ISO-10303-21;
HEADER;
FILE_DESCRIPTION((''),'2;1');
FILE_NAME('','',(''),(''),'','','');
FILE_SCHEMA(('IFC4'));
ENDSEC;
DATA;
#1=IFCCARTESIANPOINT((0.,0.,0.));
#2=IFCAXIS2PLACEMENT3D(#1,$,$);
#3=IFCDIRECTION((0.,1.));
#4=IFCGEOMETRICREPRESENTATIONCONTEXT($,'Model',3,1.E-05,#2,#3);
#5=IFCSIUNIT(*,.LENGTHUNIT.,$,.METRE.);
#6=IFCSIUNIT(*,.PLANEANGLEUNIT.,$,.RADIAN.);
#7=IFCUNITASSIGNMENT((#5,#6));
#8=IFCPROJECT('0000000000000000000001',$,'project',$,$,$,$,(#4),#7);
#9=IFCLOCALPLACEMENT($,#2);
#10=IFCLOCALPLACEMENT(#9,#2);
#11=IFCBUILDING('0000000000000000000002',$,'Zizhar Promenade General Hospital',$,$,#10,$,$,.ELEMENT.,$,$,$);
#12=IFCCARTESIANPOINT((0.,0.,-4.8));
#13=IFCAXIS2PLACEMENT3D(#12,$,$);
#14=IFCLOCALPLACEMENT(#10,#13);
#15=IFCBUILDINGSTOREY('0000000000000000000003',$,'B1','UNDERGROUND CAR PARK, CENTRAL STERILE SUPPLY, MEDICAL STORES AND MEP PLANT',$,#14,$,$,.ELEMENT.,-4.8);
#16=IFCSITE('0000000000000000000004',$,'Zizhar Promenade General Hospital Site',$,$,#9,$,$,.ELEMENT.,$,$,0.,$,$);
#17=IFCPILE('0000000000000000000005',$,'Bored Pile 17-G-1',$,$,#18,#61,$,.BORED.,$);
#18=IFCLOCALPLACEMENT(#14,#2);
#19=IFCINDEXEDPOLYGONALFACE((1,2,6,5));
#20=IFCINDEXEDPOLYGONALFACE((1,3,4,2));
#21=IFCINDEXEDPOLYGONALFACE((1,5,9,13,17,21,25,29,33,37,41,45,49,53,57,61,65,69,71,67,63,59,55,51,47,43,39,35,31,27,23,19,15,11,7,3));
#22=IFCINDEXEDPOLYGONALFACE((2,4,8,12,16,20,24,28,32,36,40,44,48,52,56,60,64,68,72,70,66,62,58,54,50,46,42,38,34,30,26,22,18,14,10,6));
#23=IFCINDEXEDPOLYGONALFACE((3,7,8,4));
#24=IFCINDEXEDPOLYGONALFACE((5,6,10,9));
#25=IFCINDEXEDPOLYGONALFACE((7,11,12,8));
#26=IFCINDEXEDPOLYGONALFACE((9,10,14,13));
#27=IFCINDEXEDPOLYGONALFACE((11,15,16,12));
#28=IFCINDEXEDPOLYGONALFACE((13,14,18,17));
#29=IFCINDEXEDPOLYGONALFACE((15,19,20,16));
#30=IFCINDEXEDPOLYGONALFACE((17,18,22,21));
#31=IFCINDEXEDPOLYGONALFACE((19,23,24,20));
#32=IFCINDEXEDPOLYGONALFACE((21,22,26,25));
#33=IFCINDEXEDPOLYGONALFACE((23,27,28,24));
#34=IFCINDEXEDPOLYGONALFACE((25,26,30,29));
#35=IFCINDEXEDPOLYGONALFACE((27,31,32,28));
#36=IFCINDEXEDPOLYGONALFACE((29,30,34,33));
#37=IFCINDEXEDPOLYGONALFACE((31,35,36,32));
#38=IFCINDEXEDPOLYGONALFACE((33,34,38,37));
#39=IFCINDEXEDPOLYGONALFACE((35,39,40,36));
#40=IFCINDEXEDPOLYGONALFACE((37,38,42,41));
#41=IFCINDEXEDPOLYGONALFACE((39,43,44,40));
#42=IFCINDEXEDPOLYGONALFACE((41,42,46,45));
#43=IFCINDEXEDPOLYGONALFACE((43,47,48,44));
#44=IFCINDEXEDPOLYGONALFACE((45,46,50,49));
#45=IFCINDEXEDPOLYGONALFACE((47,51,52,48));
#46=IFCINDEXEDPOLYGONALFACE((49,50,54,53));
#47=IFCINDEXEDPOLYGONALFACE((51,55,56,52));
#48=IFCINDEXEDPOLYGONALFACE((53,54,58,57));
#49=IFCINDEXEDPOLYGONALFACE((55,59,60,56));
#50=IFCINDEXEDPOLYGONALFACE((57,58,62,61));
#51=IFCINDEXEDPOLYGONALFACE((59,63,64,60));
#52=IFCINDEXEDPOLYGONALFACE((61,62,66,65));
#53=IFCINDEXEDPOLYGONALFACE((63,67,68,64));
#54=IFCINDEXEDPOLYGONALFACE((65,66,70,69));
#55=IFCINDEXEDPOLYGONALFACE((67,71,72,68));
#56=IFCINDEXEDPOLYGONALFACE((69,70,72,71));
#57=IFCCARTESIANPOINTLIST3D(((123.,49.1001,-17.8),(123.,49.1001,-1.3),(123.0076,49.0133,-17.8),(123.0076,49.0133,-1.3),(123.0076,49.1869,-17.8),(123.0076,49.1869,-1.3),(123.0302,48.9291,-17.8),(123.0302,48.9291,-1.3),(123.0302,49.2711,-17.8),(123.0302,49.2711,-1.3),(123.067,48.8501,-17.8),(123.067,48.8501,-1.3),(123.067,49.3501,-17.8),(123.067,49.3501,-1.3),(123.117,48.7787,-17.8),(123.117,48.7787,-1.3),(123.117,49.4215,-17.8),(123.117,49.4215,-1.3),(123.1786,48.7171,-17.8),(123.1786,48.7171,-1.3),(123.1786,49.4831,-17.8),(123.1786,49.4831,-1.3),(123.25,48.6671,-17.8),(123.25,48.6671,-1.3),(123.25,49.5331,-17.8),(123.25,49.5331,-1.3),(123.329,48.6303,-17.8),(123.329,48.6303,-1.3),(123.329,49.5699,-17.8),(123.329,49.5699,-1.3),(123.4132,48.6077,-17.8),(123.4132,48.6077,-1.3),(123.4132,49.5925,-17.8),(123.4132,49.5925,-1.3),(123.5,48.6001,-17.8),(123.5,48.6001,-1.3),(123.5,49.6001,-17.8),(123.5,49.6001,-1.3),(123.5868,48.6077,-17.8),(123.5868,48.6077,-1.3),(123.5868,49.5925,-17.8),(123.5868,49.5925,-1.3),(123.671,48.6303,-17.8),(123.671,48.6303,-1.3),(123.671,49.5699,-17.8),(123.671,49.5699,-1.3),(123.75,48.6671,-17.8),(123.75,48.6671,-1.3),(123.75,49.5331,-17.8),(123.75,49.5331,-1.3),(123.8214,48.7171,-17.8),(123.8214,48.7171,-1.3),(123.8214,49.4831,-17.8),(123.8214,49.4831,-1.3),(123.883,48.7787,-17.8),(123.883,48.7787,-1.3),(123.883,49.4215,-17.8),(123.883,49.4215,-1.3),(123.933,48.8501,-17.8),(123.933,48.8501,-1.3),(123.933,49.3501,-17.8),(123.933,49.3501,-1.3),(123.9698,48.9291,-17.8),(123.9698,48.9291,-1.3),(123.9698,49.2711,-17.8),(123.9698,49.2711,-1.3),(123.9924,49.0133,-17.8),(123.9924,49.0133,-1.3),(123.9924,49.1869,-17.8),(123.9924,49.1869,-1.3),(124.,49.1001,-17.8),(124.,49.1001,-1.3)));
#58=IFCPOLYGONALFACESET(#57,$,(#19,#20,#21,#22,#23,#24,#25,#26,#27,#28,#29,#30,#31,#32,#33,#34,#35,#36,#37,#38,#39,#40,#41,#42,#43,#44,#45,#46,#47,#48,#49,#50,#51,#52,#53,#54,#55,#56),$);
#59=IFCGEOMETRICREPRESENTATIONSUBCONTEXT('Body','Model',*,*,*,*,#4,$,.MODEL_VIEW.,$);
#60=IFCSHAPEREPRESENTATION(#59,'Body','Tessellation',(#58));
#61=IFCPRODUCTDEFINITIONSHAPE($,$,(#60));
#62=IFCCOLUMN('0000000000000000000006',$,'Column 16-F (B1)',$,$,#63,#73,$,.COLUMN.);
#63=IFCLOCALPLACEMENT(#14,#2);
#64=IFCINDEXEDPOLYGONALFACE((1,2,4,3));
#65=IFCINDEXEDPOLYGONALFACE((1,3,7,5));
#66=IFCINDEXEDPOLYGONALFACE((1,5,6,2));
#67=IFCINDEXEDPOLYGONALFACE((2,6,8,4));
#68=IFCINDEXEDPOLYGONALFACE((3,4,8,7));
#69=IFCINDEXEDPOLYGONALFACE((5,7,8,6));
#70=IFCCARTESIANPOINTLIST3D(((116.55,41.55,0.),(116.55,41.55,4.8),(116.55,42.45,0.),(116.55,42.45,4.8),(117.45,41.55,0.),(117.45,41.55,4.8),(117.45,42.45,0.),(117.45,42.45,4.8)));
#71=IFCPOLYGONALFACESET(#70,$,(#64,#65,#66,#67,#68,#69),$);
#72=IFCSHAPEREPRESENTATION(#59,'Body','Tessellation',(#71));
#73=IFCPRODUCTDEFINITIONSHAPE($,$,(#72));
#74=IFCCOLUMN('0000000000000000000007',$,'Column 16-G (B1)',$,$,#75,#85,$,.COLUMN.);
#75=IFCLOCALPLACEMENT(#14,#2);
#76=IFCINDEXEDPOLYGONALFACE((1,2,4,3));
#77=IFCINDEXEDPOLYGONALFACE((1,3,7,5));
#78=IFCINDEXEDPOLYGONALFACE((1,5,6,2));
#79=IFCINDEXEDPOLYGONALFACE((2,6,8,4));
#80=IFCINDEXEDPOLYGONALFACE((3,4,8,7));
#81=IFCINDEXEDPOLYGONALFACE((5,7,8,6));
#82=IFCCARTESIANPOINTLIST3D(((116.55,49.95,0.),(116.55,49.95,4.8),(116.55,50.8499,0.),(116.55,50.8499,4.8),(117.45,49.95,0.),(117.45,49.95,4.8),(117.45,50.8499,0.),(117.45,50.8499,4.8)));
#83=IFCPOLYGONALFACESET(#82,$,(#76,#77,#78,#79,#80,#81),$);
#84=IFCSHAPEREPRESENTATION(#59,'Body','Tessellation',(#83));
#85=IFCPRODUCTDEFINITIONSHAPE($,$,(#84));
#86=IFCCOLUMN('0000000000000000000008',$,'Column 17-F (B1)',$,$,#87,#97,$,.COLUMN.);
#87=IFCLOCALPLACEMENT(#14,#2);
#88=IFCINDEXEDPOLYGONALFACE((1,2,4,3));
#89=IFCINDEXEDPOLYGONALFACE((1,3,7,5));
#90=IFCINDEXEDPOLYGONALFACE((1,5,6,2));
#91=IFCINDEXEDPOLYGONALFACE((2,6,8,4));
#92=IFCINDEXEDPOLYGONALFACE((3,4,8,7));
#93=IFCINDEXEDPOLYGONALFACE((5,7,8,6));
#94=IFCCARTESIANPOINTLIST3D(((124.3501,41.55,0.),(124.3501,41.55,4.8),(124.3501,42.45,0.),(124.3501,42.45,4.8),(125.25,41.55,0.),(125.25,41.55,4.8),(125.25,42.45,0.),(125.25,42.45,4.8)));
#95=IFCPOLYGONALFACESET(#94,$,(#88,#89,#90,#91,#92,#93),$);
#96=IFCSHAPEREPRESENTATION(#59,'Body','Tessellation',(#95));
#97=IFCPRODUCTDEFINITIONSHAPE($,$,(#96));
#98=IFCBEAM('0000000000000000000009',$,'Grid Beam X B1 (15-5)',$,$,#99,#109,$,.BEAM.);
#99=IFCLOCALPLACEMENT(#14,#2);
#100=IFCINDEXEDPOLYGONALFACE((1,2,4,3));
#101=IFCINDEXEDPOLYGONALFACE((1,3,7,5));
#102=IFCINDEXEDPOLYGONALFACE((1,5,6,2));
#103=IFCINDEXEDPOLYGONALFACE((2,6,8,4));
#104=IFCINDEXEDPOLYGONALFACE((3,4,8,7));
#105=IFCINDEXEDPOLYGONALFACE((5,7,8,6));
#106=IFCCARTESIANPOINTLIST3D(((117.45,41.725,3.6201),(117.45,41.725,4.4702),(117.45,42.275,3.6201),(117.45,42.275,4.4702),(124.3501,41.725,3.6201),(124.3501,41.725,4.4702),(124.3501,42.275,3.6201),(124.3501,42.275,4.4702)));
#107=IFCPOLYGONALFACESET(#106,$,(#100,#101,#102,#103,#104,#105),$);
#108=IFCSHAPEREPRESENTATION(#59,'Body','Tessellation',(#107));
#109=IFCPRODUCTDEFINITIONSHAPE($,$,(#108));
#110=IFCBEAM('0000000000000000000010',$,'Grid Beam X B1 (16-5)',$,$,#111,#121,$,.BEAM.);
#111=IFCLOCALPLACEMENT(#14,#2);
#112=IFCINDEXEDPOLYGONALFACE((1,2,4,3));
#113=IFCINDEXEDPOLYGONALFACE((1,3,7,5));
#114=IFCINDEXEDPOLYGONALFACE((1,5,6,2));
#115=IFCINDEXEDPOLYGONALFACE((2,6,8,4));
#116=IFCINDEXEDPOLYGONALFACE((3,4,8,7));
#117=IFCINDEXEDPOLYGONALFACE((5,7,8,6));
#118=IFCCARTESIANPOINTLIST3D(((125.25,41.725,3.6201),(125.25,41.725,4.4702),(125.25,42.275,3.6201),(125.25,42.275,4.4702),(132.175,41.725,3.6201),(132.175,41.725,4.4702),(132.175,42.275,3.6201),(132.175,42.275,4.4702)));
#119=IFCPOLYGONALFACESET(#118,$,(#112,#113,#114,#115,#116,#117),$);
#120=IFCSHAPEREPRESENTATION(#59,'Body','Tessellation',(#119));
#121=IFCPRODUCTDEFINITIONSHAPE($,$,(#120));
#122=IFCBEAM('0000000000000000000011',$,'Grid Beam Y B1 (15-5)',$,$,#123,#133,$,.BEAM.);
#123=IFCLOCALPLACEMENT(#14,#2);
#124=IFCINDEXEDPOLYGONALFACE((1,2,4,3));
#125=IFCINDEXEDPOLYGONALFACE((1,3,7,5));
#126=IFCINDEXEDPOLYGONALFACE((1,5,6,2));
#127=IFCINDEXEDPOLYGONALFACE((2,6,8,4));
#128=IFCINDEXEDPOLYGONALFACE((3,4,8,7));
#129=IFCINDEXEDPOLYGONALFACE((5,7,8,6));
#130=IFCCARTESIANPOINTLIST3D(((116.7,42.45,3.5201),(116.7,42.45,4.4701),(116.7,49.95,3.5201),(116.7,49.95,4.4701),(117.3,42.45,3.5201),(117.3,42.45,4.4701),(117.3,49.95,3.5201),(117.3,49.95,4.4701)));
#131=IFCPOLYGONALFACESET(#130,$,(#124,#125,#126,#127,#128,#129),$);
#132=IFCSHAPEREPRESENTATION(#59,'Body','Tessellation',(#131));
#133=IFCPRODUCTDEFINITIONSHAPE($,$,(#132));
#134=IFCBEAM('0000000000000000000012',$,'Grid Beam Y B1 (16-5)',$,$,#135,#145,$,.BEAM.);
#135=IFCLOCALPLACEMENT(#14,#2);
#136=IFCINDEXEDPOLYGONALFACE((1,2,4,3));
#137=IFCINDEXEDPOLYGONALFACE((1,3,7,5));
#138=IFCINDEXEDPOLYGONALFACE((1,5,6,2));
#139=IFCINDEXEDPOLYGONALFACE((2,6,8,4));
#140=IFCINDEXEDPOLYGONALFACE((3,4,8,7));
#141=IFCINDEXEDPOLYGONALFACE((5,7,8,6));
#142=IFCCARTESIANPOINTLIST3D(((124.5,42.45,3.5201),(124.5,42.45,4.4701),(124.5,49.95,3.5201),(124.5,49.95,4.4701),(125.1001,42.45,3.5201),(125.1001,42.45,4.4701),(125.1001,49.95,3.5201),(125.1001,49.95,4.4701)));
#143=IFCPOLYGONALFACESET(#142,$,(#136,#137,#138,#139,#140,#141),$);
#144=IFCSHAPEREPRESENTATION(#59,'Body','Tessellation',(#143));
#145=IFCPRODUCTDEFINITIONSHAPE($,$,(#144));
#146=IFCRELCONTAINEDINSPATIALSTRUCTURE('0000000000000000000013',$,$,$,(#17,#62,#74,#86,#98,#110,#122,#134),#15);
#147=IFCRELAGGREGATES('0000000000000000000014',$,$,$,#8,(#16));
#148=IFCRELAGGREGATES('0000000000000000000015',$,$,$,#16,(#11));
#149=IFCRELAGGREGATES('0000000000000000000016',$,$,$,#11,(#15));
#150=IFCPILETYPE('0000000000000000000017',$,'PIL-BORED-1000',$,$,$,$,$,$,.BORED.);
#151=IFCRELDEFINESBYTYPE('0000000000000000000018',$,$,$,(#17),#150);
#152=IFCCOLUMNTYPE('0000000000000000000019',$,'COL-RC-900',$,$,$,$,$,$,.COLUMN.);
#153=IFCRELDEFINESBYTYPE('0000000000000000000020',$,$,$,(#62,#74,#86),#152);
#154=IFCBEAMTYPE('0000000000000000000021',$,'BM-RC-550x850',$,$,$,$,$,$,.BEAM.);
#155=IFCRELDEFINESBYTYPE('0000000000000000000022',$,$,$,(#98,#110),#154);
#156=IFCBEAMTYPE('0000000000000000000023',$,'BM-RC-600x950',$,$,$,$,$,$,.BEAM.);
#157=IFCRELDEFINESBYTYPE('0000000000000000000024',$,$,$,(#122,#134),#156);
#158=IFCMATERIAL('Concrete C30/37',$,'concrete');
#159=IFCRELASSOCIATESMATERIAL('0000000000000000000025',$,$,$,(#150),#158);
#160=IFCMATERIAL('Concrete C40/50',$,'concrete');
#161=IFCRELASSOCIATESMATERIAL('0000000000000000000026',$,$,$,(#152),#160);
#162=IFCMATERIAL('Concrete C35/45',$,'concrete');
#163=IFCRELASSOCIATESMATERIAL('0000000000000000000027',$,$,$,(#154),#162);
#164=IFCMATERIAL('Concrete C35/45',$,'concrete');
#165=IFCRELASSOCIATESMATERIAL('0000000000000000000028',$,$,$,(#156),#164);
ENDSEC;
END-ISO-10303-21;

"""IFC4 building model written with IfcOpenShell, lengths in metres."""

from ifc_helpers import new_model, si_unit, direction, frame, origin, origin_2d, place, context, subcontext, project, spatial, rectangle, circle, extrude, material, material_profile, profile_set, type_object, element, save


model = new_model("IFC4")

# Units and contexts
model_context = context("Model", 3, precision=1e-05, world=origin(), true_north=direction((0.0, 1.0)))
body_context = subcontext(model_context, "Body", "Model", "MODEL_VIEW")
ifc_project = project(units=[si_unit("LENGTHUNIT", "METRE"), si_unit("PLANEANGLEUNIT", "RADIAN")], contexts=[model_context])

# Site, building, storey
site_placement = place(None, origin())
site = spatial("IfcSite", under=ifc_project, at=site_placement, Name="Zizhar Promenade General Hospital Site", CompositionType="ELEMENT", RefElevation=0.0)
building_placement = place(site_placement, origin())
building = spatial("IfcBuilding", under=site, at=building_placement, Name="Zizhar Promenade General Hospital", CompositionType="ELEMENT")
storey_placement = place(building_placement, frame((0.0, 0.0, -4.8)))
storey = spatial("IfcBuildingStorey", under=building, at=storey_placement, Name="B1", Description="UNDERGROUND CAR PARK, CENTRAL STERILE SUPPLY, MEDICAL STORES AND MEP PLANT", CompositionType="ELEMENT", Elevation=-4.8)

# Pile
ifc_material_1 = material(Name="Concrete C30/37", Category="concrete")
ifc_material_profile_1 = material_profile(ifc_material_1, circle(Radius=0.5, at=origin_2d()))
ifc_profile_set_1 = profile_set([ifc_material_profile_1], Name="Concrete C30/37")
pile_type = type_object("IfcPileType", Name="PIL-BORED-1000", PredefinedType="BORED", material=ifc_profile_set_1)
for number, where, z_axis, x_axis, name in (
    (1, (123.5, 49.1001, -1.3), (0.0, 0.0, -1.0), (1.0, 0.0, 0.0), "Bored Pile 17-G-1"),
):
    element("IfcPile", number, at=place(storey_placement, frame(where, z_axis=z_axis, x_axis=x_axis)), inside=storey, type_object=pile_type, Name=name, PredefinedType="BORED", context=body_context, shape_type="SweptSolid", body=[
        extrude(circle(Radius=0.5, at=origin_2d()), origin(), (0.0, 0.0, 1.0), 16.5),
    ])

# Columns
ifc_material_2 = material(Name="Concrete C40/50", Category="concrete")
ifc_material_profile_2 = material_profile(ifc_material_2, rectangle(XDim=0.8999, YDim=0.8999, at=origin_2d()))
ifc_profile_set_2 = profile_set([ifc_material_profile_2], Name="Concrete C40/50")
column_type = type_object("IfcColumnType", Name="COL-RC-900", PredefinedType="COLUMN", material=ifc_profile_set_2)
for number, where, z_axis, x_axis, name in (
    (2, (117.0, 42.0, 0.0), (0.0, 0.0, 1.0), (1.0, 0.0, 0.0), "Column 16-F (B1)"),
    (3, (117.0, 50.3999, 0.0), (0.0, 0.0, 1.0), (1.0, 0.0, 0.0), "Column 16-G (B1)"),
    (4, (124.8, 42.0, 0.0), (0.0, 0.0, 1.0), (1.0, 0.0, 0.0), "Column 17-F (B1)"),
):
    element("IfcColumn", number, at=place(storey_placement, frame(where, z_axis=z_axis, x_axis=x_axis)), inside=storey, type_object=column_type, Name=name, PredefinedType="COLUMN", context=body_context, shape_type="SweptSolid", body=[
        extrude(rectangle(XDim=0.8999, YDim=0.8999, at=origin_2d()), origin(), (0.0, 0.0, 1.0), 4.8),
    ])

# Beams
ifc_material_3 = material(Name="Concrete C35/45", Category="concrete")
ifc_material_profile_3 = material_profile(ifc_material_3, rectangle(XDim=0.55, YDim=0.8501, at=origin_2d()))
ifc_profile_set_3 = profile_set([ifc_material_profile_3], Name="Concrete C35/45")
beam_type_1 = type_object("IfcBeamType", Name="BM-RC-550x850", PredefinedType="BEAM", material=ifc_profile_set_3)
beam_1_placement = place(storey_placement, frame((117.45, 42.0, 4.0452), z_axis=(1.0, 0.0, 0.0), x_axis=(0.0, 1.0, 0.0)))
element("IfcBeam", 5, at=beam_1_placement, inside=storey, type_object=beam_type_1, Name="Grid Beam X B1 (15-5)", PredefinedType="BEAM", context=body_context, shape_type="SweptSolid", body=[
    extrude(rectangle(XDim=0.55, YDim=0.8501, at=origin_2d()), origin(), (0.0, 0.0, 1.0), 6.9001),
])
beam_2_placement = place(storey_placement, frame((125.25, 42.0, 4.0452), z_axis=(1.0, 0.0, 0.0), x_axis=(0.0, 1.0, 0.0)))
element("IfcBeam", 6, at=beam_2_placement, inside=storey, type_object=beam_type_1, Name="Grid Beam X B1 (16-5)", PredefinedType="BEAM", context=body_context, shape_type="SweptSolid", body=[
    extrude(rectangle(XDim=0.55, YDim=0.8501, at=origin_2d()), origin(), (0.0, 0.0, 1.0), 6.925),
])
ifc_material_4 = material(Name="Concrete C35/45", Category="concrete")
ifc_material_profile_4 = material_profile(ifc_material_4, rectangle(XDim=0.6001, YDim=0.95, at=origin_2d()))
ifc_profile_set_4 = profile_set([ifc_material_profile_4], Name="Concrete C35/45")
beam_type_2 = type_object("IfcBeamType", Name="BM-RC-600x950", PredefinedType="BEAM", material=ifc_profile_set_4)
for number, where, z_axis, x_axis, name in (
    (7, (117.0, 42.45, 3.9951), (0.0, 1.0, 0.0), (-1.0, 0.0, 0.0), "Grid Beam Y B1 (15-5)"),
    (8, (124.8, 42.45, 3.9951), (0.0, 1.0, 0.0), (-1.0, 0.0, 0.0), "Grid Beam Y B1 (16-5)"),
):
    element("IfcBeam", number, at=place(storey_placement, frame(where, z_axis=z_axis, x_axis=x_axis)), inside=storey, type_object=beam_type_2, Name=name, PredefinedType="BEAM", context=body_context, shape_type="SweptSolid", body=[
        extrude(rectangle(XDim=0.6001, YDim=0.95, at=origin_2d()), origin(), (0.0, 0.0, 1.0), 7.5),
    ])

save(model, "model.ifc")
